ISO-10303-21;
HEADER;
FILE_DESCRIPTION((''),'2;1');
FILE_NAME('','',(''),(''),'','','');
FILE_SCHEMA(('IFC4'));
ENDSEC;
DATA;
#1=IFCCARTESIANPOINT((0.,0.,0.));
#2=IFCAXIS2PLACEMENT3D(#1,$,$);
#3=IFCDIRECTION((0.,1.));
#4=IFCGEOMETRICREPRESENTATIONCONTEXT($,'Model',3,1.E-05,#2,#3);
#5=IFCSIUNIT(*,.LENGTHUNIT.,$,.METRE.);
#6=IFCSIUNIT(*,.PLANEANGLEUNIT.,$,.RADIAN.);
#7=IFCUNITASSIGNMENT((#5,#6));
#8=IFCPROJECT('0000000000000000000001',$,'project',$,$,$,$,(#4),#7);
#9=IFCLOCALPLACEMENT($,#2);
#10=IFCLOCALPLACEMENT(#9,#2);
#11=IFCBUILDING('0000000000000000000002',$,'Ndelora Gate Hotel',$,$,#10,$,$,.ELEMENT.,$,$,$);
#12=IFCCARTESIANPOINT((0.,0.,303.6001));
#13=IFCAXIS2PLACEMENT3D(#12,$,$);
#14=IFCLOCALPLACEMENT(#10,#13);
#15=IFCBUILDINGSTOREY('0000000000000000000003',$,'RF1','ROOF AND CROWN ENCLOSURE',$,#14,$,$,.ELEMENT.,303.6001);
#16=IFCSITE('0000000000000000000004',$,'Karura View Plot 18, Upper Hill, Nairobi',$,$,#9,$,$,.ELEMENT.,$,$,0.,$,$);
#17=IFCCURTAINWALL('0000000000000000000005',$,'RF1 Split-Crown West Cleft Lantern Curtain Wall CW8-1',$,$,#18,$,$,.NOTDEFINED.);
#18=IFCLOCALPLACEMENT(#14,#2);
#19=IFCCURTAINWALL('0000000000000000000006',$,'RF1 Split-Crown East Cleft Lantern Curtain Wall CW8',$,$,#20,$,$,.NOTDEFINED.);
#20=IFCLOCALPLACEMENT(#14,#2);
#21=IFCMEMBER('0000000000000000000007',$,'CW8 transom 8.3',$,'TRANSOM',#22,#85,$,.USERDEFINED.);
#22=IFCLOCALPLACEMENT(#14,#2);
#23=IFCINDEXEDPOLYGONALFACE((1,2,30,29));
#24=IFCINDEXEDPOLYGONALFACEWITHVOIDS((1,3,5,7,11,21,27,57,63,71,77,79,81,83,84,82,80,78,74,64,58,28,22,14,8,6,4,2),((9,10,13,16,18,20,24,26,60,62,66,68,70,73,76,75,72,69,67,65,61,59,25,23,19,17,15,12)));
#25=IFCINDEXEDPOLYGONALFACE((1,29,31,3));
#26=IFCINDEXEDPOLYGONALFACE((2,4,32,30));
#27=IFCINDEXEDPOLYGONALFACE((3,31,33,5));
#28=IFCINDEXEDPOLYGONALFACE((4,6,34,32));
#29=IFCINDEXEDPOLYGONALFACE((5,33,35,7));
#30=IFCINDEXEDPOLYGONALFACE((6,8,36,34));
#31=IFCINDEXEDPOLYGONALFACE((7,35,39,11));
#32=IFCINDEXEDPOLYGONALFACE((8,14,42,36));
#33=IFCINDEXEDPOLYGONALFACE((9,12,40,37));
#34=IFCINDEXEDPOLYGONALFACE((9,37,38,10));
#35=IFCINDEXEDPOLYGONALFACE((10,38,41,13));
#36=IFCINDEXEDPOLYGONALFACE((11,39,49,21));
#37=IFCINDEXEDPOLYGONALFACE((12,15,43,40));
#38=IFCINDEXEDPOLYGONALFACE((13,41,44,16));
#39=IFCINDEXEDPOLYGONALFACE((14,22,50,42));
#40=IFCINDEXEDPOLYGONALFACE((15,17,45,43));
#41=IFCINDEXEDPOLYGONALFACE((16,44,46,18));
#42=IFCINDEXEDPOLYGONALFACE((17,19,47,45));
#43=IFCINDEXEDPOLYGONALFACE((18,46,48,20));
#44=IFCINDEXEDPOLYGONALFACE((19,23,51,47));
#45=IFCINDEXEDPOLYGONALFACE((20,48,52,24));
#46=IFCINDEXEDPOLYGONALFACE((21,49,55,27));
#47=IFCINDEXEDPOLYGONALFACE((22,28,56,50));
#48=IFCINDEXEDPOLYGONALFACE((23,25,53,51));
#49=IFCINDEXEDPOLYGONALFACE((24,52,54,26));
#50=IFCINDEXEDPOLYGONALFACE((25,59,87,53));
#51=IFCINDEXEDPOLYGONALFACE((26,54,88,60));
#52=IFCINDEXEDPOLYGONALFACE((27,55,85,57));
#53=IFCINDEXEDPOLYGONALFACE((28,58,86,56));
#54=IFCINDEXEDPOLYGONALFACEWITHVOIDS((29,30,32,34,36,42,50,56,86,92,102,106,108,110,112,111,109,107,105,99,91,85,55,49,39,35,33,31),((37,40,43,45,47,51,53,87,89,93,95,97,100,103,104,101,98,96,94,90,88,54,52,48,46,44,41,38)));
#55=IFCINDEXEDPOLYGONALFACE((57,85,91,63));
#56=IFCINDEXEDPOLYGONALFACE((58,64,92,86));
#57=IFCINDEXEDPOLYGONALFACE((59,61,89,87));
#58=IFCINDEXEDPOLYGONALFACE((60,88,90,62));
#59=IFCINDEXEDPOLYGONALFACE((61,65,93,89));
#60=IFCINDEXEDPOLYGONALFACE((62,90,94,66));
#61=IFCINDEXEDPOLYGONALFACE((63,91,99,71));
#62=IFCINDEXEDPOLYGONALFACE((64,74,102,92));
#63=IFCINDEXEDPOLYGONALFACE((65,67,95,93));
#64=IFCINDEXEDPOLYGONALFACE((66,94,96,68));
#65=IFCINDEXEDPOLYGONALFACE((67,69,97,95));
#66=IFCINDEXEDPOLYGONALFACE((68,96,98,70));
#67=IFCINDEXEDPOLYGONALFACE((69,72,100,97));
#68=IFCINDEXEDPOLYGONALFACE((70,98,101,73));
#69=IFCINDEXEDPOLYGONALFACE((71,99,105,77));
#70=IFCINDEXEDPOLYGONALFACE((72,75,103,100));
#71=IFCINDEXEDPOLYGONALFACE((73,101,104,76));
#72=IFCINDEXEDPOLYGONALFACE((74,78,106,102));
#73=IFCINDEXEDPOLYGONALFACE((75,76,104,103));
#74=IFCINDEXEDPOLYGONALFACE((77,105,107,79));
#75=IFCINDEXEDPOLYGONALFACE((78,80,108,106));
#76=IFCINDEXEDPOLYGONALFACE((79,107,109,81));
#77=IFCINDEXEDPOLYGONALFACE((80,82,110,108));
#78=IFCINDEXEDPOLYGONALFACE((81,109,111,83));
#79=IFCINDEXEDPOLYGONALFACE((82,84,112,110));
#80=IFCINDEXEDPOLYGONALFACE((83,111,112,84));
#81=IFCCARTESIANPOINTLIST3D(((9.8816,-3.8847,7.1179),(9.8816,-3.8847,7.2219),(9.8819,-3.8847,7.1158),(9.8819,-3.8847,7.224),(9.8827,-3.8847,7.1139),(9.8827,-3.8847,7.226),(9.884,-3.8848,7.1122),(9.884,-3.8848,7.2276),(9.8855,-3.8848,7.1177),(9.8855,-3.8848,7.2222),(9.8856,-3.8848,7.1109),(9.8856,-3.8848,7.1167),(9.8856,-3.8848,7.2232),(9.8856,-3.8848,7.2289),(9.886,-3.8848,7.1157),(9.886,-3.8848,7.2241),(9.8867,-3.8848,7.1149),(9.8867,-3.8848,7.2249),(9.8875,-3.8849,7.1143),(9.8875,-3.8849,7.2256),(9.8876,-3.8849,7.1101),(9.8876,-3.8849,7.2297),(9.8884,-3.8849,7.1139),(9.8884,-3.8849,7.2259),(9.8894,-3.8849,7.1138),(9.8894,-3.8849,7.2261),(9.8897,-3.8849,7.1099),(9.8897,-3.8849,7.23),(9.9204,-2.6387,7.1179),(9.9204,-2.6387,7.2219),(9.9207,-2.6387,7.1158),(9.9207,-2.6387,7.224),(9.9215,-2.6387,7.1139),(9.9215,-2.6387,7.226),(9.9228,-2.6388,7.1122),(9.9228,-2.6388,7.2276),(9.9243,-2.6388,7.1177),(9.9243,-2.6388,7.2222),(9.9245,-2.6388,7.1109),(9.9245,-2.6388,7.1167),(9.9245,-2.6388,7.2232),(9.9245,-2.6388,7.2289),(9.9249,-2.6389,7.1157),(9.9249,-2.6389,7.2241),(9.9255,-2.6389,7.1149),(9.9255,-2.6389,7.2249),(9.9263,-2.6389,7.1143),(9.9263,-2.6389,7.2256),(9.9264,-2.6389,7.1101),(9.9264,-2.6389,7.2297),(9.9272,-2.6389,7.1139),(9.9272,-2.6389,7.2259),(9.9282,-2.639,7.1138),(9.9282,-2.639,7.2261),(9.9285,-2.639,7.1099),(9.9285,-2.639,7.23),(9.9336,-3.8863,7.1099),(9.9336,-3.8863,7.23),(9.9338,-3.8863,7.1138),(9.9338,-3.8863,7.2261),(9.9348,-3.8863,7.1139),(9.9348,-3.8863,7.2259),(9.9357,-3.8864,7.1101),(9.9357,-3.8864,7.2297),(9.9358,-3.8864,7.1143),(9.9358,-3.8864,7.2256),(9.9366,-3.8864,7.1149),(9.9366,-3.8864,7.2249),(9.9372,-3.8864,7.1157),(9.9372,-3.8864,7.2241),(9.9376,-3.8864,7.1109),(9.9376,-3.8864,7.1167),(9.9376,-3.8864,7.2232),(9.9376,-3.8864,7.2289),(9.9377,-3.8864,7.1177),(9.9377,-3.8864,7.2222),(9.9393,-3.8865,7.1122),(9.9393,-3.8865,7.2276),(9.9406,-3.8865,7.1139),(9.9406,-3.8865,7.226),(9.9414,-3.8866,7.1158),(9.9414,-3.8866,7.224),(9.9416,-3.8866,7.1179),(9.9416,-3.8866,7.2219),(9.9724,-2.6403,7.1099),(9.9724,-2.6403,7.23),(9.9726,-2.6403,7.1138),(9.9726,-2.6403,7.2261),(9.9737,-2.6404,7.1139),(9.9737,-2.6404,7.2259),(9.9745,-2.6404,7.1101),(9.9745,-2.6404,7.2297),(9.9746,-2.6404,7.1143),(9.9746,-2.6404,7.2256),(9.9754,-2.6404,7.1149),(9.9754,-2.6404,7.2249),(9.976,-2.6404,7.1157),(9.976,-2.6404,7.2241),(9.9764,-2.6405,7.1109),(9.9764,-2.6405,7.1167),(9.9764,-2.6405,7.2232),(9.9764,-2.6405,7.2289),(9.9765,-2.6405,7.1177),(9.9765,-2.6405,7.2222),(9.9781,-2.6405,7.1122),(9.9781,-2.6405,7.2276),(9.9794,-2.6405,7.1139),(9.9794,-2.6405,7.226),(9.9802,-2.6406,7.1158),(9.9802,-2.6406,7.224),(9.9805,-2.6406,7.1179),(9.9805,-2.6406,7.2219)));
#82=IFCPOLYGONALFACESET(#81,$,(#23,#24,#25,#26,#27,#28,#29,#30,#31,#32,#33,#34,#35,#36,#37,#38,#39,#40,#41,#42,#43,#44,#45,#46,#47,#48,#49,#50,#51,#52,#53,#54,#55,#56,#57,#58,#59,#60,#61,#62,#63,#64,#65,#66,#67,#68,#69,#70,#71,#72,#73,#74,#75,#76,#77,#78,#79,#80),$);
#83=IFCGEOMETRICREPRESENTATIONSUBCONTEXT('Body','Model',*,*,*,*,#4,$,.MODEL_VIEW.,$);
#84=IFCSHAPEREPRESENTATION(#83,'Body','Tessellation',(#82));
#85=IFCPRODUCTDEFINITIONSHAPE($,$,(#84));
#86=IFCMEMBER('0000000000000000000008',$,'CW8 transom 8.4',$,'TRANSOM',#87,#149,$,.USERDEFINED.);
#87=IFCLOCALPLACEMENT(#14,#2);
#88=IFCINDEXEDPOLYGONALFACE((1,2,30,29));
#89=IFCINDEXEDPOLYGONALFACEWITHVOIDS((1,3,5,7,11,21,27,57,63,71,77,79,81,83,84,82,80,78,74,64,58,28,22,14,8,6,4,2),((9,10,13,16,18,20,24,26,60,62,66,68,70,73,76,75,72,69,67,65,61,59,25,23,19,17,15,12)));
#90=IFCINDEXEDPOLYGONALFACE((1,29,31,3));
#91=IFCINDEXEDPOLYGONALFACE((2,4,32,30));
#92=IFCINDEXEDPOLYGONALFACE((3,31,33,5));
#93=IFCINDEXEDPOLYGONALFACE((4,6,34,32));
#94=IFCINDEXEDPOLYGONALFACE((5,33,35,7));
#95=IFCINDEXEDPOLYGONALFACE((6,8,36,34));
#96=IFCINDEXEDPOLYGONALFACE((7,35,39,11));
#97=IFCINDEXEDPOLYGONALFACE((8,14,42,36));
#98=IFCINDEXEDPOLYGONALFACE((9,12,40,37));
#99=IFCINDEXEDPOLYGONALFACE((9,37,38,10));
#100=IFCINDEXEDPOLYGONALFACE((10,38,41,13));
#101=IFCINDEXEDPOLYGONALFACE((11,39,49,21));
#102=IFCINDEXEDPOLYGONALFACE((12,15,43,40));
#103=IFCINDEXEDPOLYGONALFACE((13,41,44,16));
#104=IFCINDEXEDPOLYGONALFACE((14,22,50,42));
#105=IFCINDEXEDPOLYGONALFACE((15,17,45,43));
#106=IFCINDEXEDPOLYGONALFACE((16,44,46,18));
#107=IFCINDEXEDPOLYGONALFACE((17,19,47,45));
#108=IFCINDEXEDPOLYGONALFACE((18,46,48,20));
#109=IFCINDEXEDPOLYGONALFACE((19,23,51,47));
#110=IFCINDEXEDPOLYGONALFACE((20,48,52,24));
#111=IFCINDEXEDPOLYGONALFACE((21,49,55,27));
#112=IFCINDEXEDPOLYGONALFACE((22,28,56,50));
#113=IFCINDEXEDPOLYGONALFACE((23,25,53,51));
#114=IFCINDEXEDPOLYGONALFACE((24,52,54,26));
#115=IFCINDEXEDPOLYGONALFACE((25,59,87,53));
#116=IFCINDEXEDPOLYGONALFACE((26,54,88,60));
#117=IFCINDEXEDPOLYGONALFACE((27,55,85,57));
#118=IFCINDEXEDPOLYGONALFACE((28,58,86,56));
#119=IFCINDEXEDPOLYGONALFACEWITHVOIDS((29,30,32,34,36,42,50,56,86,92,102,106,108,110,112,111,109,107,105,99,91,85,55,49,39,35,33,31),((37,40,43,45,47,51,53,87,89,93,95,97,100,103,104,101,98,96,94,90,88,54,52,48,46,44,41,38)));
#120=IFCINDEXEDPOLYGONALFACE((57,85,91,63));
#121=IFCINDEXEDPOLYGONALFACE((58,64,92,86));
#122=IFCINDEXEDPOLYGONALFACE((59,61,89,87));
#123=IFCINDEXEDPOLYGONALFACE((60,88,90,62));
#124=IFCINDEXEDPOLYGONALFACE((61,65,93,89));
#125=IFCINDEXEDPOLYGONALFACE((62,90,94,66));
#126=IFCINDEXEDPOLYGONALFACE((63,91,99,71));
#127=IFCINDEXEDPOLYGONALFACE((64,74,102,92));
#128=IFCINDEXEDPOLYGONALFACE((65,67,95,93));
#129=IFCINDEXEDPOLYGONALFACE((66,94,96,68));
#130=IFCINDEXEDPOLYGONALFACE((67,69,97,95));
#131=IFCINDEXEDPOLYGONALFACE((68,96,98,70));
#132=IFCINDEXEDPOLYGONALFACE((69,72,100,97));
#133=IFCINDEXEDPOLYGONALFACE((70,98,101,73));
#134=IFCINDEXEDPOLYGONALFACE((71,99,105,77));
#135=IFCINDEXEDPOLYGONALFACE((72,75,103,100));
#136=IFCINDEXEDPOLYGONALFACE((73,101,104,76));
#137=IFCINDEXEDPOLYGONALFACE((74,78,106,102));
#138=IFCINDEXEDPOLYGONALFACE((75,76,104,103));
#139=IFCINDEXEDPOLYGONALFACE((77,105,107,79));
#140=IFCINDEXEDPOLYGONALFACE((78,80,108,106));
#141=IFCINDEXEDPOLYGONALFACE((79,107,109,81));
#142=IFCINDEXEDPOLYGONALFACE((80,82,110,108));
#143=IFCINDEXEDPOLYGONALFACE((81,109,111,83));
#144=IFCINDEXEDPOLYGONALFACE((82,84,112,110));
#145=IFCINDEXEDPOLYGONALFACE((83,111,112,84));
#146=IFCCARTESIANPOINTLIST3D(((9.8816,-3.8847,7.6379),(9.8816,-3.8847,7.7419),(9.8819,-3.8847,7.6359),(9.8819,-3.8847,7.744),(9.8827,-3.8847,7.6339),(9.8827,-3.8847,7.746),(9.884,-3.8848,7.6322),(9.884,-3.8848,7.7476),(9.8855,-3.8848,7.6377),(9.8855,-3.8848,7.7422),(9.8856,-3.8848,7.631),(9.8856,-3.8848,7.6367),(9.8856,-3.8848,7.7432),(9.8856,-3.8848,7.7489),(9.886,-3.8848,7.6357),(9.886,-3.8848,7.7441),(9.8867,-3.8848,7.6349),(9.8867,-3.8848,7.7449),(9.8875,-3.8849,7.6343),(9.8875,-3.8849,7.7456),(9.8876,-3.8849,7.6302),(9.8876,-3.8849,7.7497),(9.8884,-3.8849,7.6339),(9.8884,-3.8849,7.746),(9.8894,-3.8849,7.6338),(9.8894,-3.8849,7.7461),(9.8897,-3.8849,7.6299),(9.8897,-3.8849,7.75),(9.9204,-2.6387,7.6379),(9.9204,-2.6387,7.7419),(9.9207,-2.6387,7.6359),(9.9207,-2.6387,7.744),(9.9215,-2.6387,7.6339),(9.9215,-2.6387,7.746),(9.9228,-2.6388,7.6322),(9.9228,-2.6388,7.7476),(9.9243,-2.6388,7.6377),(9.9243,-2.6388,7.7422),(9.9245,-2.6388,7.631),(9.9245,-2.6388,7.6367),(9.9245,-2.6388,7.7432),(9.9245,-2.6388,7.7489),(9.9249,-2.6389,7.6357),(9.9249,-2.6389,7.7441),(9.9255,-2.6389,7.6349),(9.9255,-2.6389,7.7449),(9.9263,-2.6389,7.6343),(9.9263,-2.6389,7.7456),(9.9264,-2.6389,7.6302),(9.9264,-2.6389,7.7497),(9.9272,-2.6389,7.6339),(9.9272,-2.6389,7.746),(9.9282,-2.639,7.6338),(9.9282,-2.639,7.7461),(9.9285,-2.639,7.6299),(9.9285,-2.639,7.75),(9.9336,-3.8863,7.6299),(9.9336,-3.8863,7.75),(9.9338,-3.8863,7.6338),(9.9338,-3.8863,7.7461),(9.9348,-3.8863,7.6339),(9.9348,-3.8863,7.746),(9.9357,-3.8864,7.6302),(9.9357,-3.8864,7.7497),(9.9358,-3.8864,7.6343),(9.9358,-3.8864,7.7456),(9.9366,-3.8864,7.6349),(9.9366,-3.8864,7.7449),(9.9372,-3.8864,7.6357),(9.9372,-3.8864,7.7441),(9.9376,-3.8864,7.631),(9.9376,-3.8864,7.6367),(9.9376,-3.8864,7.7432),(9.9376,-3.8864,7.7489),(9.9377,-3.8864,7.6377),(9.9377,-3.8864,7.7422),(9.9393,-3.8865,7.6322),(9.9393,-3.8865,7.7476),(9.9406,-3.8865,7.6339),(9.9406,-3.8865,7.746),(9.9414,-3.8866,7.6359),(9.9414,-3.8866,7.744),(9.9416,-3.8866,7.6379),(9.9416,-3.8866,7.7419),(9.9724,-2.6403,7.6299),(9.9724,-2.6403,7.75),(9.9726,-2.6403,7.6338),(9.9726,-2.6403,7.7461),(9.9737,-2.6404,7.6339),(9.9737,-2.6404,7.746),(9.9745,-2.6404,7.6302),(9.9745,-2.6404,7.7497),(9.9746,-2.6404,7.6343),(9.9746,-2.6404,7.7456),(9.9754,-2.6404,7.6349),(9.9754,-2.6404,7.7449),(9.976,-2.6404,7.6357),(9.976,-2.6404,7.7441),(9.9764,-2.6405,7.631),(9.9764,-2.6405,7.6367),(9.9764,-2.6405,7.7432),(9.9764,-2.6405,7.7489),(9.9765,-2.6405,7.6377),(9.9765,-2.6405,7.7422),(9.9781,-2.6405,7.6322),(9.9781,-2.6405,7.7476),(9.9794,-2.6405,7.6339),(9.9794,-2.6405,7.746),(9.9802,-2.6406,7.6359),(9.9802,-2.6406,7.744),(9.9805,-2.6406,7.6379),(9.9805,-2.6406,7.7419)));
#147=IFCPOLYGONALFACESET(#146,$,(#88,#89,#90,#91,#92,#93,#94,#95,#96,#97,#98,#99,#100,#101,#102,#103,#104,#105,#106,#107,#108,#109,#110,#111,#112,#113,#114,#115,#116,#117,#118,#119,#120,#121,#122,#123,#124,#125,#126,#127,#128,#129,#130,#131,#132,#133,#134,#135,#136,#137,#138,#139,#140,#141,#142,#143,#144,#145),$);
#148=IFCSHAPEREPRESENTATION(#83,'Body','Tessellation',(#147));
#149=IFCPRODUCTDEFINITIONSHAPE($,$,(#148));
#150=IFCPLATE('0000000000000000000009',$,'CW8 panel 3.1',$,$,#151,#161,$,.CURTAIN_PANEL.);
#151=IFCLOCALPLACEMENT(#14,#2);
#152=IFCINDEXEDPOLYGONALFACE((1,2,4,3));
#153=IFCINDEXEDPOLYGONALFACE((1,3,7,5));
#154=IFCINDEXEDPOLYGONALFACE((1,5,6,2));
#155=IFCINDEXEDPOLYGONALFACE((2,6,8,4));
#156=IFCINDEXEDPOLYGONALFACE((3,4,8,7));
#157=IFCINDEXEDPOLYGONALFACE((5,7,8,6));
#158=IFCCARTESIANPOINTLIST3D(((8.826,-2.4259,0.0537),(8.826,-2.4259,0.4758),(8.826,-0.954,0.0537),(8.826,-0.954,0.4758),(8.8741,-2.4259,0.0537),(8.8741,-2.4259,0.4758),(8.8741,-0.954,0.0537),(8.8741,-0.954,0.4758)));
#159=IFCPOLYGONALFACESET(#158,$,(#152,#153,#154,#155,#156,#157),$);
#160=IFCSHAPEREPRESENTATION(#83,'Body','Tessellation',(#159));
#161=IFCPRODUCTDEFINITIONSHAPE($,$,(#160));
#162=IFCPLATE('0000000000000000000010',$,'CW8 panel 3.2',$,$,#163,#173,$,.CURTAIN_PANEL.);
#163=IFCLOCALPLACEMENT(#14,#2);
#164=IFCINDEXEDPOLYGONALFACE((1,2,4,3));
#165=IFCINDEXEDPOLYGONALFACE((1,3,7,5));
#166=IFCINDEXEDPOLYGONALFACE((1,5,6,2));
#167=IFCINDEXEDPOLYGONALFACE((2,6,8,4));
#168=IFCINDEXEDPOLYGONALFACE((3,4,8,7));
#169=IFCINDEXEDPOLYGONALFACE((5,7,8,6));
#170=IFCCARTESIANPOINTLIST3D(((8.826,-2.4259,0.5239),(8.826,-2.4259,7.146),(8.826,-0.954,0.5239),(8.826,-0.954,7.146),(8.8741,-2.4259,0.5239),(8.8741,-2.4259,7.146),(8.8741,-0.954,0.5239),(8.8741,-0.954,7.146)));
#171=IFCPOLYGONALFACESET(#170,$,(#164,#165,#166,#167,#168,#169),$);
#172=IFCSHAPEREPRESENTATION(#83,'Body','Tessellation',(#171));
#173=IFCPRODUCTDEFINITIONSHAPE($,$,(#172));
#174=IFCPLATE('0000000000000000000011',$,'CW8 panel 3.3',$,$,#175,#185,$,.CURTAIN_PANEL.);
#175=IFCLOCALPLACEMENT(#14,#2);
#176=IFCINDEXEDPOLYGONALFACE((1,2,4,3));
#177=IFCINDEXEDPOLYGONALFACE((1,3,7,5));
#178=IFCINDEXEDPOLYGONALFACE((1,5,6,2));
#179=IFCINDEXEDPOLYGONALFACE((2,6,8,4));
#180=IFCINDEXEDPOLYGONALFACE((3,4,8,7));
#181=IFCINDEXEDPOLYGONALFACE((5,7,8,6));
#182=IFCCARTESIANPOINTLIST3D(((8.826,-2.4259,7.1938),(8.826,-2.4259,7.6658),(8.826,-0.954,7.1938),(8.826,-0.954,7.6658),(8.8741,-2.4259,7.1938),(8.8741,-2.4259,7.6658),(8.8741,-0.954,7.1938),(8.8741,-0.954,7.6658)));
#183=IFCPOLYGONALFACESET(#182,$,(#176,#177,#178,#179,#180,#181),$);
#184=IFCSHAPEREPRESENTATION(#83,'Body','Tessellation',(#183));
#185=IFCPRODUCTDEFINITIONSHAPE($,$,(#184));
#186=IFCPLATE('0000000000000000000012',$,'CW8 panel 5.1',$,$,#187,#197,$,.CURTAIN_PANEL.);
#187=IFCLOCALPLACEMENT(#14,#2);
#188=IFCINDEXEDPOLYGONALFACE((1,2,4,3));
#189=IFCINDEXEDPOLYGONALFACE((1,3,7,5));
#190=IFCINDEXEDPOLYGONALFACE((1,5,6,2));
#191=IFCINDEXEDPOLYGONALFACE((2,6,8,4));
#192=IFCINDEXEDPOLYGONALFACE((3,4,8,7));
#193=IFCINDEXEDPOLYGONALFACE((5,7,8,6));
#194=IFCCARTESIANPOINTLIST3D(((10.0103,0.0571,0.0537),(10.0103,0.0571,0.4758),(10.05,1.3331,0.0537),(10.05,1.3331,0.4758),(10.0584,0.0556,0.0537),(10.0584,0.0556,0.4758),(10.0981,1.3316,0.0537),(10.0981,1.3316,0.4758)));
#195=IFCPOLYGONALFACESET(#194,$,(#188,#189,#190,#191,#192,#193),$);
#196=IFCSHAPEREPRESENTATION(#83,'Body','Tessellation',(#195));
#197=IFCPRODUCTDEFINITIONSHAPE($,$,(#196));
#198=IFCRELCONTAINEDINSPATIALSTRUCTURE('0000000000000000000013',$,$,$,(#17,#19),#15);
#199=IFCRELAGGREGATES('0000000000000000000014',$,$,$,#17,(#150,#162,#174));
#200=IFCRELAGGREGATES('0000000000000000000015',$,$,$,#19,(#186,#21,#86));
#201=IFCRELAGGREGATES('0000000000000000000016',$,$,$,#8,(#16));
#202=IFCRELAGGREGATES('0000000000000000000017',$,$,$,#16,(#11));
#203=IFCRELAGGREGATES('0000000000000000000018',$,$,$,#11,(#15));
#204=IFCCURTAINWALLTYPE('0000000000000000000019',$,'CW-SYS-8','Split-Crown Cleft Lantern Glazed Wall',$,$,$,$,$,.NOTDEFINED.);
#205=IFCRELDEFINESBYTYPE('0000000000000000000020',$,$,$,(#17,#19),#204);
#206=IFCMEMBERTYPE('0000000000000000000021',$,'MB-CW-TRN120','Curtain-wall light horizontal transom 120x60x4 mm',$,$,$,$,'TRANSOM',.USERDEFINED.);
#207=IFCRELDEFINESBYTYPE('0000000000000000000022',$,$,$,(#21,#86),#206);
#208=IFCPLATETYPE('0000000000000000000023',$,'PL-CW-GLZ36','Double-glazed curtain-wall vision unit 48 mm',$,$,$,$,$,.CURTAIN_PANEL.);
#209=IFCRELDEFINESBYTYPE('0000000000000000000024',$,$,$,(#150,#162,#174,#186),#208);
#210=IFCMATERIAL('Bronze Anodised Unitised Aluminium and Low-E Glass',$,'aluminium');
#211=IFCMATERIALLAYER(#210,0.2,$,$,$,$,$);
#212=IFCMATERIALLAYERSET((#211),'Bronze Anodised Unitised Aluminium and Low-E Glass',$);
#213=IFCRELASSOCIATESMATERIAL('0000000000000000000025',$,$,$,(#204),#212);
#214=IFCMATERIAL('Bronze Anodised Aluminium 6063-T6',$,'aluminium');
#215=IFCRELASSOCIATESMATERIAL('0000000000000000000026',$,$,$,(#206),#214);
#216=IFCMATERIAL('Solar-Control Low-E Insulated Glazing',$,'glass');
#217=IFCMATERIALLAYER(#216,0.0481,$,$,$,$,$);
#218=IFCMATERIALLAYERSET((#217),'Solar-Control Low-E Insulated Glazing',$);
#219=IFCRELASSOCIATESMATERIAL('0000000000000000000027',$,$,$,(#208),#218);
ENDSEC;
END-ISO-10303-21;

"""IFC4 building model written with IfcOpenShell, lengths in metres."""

from ifc_helpers import new_model, si_unit, direction, frame, origin, origin_2d, place, context, subcontext, project, spatial, rectangle, hollow_rectangle, extrude, material, layer, layer_set, material_profile, profile_set, type_object, element, aggregate, save


model = new_model("IFC4")

# Units and contexts
model_context = context("Model", 3, precision=1e-05, world=origin(), true_north=direction((0.0, 1.0)))
body_context = subcontext(model_context, "Body", "Model", "MODEL_VIEW")
ifc_project = project(units=[si_unit("LENGTHUNIT", "METRE"), si_unit("PLANEANGLEUNIT", "RADIAN")], contexts=[model_context])

# Site, building, storey
site_placement = place(None, origin())
site = spatial("IfcSite", under=ifc_project, at=site_placement, Name="Karura View Plot 18, Upper Hill, Nairobi", CompositionType="ELEMENT", RefElevation=0.0)
building_placement = place(site_placement, origin())
building = spatial("IfcBuilding", under=site, at=building_placement, Name="Ndelora Gate Hotel", CompositionType="ELEMENT")
storey_placement = place(building_placement, frame((0.0, 0.0, 303.6001)))
storey = spatial("IfcBuildingStorey", under=building, at=storey_placement, Name="RF1", Description="ROOF AND CROWN ENCLOSURE", CompositionType="ELEMENT", Elevation=303.6001)

# Curtain walls
ifc_material_1 = material(Name="Bronze Anodised Unitised Aluminium and Low-E Glass", Category="aluminium")
ifc_layer_1 = layer(ifc_material_1, 0.2)
ifc_layer_set_1 = layer_set([ifc_layer_1], Name="Bronze Anodised Unitised Aluminium and Low-E Glass")
curtain_wall_type = type_object("IfcCurtainWallType", Name="CW-SYS-8", Description="Split-Crown Cleft Lantern Glazed Wall", PredefinedType="NOTDEFINED", material=ifc_layer_set_1)
curtain_wall_1_placement = place(storey_placement, origin())
curtain_wall_1 = element("IfcCurtainWall", 1, at=curtain_wall_1_placement, inside=storey, type_object=curtain_wall_type, Name="RF1 Split-Crown West Cleft Lantern Curtain Wall CW8-1", PredefinedType="NOTDEFINED")
ifc_material_2 = material(Name="Bronze Anodised Aluminium 6063-T6", Category="aluminium")
curtain_wall_2_placement = place(storey_placement, origin())
curtain_wall_2 = element("IfcCurtainWall", 2, at=curtain_wall_2_placement, inside=storey, type_object=curtain_wall_type, Name="RF1 Split-Crown East Cleft Lantern Curtain Wall CW8", PredefinedType="NOTDEFINED")

# Members
ifc_material_profile_1 = material_profile(ifc_material_2, hollow_rectangle(XDim=0.0601, YDim=0.1201, WallThickness=0.0039, InnerFilletRadius=0.0039, OuterFilletRadius=0.0081, at=origin_2d()), Name="ALU 120x60x4")
ifc_profile_set_1 = profile_set([ifc_material_profile_1], Name="Bronze Anodised Aluminium 6063-T6")
member_type_1 = type_object("IfcMemberType", Name="MB-CW-TRN120", Description="Curtain-wall light horizontal transom 120x60x4 mm", ElementType="TRANSOM", PredefinedType="USERDEFINED", material=ifc_profile_set_1)
member_1_placement = place(storey_placement, frame((9.9504, -2.6396, 7.1699), z_axis=(-0.031137, -0.999515, 0.0), x_axis=(0.999515, -0.031137, 0.0)))
member_1 = element("IfcMember", 3, at=member_1_placement, type_object=member_type_1, Name="CW8 transom 8.3", ObjectType="TRANSOM", PredefinedType="USERDEFINED", context=body_context, shape_type="SweptSolid", body=[
    extrude(hollow_rectangle(XDim=0.0601, YDim=0.1201, WallThickness=0.0039, InnerFilletRadius=0.0039, OuterFilletRadius=0.0081, at=origin_2d()), origin(), (0.0, 0.0, 1.0), 1.2466),
])
member_2_placement = place(storey_placement, frame((9.9504, -2.6396, 7.6899), z_axis=(-0.031137, -0.999515, 0.0), x_axis=(0.999515, -0.031137, 0.0)))
member_2 = element("IfcMember", 4, at=member_2_placement, type_object=member_type_1, Name="CW8 transom 8.4", ObjectType="TRANSOM", PredefinedType="USERDEFINED", context=body_context, shape_type="SweptSolid", body=[
    extrude(hollow_rectangle(XDim=0.0601, YDim=0.1201, WallThickness=0.0039, InnerFilletRadius=0.0039, OuterFilletRadius=0.0081, at=origin_2d()), origin(), (0.0, 0.0, 1.0), 1.2466),
])

# Plates
ifc_material_3 = material(Name="Solar-Control Low-E Insulated Glazing", Category="glass")
ifc_layer_2 = layer(ifc_material_3, 0.0481)
ifc_layer_set_2 = layer_set([ifc_layer_2], Name="Solar-Control Low-E Insulated Glazing")
plate_type = type_object("IfcPlateType", Name="PL-CW-GLZ36", Description="Double-glazed curtain-wall vision unit 48 mm", PredefinedType="CURTAIN_PANEL", material=ifc_layer_set_2)
plate_1_placement = place(storey_placement, frame((8.8501, -1.6899, 0.0537), z_axis=(0.0, 0.0, 1.0), x_axis=(0.0, 1.0, 0.0)))
plate_1 = element("IfcPlate", 5, at=plate_1_placement, type_object=plate_type, Name="CW8 panel 3.1", PredefinedType="CURTAIN_PANEL", context=body_context, shape_type="SweptSolid", body=[
    extrude(rectangle(XDim=1.4719, YDim=0.0481, at=origin_2d()), origin(), (0.0, 0.0, 1.0), 0.4221),
])
plate_2_placement = place(storey_placement, frame((8.8501, -1.6899, 0.5239), z_axis=(0.0, 0.0, 1.0), x_axis=(0.0, 1.0, 0.0)))
plate_2 = element("IfcPlate", 6, at=plate_2_placement, type_object=plate_type, Name="CW8 panel 3.2", PredefinedType="CURTAIN_PANEL", context=body_context, shape_type="SweptSolid", body=[
    extrude(rectangle(XDim=1.4719, YDim=0.0481, at=origin_2d()), origin(), (0.0, 0.0, 1.0), 6.6221),
])
plate_3_placement = place(storey_placement, frame((8.8501, -1.6899, 7.1938), z_axis=(0.0, 0.0, 1.0), x_axis=(0.0, 1.0, 0.0)))
plate_3 = element("IfcPlate", 7, at=plate_3_placement, type_object=plate_type, Name="CW8 panel 3.3", PredefinedType="CURTAIN_PANEL", context=body_context, shape_type="SweptSolid", body=[
    extrude(rectangle(XDim=1.4719, YDim=0.0481, at=origin_2d()), origin(), (0.0, 0.0, 1.0), 0.4719),
])
aggregate(curtain_wall_1, [plate_1, plate_2, plate_3])
plate_4_placement = place(storey_placement, frame((10.0542, 0.6943, 0.0537), z_axis=(0.0, 0.0, 1.0), x_axis=(-0.031131, -0.999515, 0.0)))
plate_4 = element("IfcPlate", 8, at=plate_4_placement, type_object=plate_type, Name="CW8 panel 5.1", PredefinedType="CURTAIN_PANEL", context=body_context, shape_type="SweptSolid", body=[
    extrude(rectangle(XDim=1.2766, YDim=0.0481, at=origin_2d()), origin(), (0.0, 0.0, 1.0), 0.4221),
])
aggregate(curtain_wall_2, [plate_4, member_1, member_2])

save(model, "model.ifc")
